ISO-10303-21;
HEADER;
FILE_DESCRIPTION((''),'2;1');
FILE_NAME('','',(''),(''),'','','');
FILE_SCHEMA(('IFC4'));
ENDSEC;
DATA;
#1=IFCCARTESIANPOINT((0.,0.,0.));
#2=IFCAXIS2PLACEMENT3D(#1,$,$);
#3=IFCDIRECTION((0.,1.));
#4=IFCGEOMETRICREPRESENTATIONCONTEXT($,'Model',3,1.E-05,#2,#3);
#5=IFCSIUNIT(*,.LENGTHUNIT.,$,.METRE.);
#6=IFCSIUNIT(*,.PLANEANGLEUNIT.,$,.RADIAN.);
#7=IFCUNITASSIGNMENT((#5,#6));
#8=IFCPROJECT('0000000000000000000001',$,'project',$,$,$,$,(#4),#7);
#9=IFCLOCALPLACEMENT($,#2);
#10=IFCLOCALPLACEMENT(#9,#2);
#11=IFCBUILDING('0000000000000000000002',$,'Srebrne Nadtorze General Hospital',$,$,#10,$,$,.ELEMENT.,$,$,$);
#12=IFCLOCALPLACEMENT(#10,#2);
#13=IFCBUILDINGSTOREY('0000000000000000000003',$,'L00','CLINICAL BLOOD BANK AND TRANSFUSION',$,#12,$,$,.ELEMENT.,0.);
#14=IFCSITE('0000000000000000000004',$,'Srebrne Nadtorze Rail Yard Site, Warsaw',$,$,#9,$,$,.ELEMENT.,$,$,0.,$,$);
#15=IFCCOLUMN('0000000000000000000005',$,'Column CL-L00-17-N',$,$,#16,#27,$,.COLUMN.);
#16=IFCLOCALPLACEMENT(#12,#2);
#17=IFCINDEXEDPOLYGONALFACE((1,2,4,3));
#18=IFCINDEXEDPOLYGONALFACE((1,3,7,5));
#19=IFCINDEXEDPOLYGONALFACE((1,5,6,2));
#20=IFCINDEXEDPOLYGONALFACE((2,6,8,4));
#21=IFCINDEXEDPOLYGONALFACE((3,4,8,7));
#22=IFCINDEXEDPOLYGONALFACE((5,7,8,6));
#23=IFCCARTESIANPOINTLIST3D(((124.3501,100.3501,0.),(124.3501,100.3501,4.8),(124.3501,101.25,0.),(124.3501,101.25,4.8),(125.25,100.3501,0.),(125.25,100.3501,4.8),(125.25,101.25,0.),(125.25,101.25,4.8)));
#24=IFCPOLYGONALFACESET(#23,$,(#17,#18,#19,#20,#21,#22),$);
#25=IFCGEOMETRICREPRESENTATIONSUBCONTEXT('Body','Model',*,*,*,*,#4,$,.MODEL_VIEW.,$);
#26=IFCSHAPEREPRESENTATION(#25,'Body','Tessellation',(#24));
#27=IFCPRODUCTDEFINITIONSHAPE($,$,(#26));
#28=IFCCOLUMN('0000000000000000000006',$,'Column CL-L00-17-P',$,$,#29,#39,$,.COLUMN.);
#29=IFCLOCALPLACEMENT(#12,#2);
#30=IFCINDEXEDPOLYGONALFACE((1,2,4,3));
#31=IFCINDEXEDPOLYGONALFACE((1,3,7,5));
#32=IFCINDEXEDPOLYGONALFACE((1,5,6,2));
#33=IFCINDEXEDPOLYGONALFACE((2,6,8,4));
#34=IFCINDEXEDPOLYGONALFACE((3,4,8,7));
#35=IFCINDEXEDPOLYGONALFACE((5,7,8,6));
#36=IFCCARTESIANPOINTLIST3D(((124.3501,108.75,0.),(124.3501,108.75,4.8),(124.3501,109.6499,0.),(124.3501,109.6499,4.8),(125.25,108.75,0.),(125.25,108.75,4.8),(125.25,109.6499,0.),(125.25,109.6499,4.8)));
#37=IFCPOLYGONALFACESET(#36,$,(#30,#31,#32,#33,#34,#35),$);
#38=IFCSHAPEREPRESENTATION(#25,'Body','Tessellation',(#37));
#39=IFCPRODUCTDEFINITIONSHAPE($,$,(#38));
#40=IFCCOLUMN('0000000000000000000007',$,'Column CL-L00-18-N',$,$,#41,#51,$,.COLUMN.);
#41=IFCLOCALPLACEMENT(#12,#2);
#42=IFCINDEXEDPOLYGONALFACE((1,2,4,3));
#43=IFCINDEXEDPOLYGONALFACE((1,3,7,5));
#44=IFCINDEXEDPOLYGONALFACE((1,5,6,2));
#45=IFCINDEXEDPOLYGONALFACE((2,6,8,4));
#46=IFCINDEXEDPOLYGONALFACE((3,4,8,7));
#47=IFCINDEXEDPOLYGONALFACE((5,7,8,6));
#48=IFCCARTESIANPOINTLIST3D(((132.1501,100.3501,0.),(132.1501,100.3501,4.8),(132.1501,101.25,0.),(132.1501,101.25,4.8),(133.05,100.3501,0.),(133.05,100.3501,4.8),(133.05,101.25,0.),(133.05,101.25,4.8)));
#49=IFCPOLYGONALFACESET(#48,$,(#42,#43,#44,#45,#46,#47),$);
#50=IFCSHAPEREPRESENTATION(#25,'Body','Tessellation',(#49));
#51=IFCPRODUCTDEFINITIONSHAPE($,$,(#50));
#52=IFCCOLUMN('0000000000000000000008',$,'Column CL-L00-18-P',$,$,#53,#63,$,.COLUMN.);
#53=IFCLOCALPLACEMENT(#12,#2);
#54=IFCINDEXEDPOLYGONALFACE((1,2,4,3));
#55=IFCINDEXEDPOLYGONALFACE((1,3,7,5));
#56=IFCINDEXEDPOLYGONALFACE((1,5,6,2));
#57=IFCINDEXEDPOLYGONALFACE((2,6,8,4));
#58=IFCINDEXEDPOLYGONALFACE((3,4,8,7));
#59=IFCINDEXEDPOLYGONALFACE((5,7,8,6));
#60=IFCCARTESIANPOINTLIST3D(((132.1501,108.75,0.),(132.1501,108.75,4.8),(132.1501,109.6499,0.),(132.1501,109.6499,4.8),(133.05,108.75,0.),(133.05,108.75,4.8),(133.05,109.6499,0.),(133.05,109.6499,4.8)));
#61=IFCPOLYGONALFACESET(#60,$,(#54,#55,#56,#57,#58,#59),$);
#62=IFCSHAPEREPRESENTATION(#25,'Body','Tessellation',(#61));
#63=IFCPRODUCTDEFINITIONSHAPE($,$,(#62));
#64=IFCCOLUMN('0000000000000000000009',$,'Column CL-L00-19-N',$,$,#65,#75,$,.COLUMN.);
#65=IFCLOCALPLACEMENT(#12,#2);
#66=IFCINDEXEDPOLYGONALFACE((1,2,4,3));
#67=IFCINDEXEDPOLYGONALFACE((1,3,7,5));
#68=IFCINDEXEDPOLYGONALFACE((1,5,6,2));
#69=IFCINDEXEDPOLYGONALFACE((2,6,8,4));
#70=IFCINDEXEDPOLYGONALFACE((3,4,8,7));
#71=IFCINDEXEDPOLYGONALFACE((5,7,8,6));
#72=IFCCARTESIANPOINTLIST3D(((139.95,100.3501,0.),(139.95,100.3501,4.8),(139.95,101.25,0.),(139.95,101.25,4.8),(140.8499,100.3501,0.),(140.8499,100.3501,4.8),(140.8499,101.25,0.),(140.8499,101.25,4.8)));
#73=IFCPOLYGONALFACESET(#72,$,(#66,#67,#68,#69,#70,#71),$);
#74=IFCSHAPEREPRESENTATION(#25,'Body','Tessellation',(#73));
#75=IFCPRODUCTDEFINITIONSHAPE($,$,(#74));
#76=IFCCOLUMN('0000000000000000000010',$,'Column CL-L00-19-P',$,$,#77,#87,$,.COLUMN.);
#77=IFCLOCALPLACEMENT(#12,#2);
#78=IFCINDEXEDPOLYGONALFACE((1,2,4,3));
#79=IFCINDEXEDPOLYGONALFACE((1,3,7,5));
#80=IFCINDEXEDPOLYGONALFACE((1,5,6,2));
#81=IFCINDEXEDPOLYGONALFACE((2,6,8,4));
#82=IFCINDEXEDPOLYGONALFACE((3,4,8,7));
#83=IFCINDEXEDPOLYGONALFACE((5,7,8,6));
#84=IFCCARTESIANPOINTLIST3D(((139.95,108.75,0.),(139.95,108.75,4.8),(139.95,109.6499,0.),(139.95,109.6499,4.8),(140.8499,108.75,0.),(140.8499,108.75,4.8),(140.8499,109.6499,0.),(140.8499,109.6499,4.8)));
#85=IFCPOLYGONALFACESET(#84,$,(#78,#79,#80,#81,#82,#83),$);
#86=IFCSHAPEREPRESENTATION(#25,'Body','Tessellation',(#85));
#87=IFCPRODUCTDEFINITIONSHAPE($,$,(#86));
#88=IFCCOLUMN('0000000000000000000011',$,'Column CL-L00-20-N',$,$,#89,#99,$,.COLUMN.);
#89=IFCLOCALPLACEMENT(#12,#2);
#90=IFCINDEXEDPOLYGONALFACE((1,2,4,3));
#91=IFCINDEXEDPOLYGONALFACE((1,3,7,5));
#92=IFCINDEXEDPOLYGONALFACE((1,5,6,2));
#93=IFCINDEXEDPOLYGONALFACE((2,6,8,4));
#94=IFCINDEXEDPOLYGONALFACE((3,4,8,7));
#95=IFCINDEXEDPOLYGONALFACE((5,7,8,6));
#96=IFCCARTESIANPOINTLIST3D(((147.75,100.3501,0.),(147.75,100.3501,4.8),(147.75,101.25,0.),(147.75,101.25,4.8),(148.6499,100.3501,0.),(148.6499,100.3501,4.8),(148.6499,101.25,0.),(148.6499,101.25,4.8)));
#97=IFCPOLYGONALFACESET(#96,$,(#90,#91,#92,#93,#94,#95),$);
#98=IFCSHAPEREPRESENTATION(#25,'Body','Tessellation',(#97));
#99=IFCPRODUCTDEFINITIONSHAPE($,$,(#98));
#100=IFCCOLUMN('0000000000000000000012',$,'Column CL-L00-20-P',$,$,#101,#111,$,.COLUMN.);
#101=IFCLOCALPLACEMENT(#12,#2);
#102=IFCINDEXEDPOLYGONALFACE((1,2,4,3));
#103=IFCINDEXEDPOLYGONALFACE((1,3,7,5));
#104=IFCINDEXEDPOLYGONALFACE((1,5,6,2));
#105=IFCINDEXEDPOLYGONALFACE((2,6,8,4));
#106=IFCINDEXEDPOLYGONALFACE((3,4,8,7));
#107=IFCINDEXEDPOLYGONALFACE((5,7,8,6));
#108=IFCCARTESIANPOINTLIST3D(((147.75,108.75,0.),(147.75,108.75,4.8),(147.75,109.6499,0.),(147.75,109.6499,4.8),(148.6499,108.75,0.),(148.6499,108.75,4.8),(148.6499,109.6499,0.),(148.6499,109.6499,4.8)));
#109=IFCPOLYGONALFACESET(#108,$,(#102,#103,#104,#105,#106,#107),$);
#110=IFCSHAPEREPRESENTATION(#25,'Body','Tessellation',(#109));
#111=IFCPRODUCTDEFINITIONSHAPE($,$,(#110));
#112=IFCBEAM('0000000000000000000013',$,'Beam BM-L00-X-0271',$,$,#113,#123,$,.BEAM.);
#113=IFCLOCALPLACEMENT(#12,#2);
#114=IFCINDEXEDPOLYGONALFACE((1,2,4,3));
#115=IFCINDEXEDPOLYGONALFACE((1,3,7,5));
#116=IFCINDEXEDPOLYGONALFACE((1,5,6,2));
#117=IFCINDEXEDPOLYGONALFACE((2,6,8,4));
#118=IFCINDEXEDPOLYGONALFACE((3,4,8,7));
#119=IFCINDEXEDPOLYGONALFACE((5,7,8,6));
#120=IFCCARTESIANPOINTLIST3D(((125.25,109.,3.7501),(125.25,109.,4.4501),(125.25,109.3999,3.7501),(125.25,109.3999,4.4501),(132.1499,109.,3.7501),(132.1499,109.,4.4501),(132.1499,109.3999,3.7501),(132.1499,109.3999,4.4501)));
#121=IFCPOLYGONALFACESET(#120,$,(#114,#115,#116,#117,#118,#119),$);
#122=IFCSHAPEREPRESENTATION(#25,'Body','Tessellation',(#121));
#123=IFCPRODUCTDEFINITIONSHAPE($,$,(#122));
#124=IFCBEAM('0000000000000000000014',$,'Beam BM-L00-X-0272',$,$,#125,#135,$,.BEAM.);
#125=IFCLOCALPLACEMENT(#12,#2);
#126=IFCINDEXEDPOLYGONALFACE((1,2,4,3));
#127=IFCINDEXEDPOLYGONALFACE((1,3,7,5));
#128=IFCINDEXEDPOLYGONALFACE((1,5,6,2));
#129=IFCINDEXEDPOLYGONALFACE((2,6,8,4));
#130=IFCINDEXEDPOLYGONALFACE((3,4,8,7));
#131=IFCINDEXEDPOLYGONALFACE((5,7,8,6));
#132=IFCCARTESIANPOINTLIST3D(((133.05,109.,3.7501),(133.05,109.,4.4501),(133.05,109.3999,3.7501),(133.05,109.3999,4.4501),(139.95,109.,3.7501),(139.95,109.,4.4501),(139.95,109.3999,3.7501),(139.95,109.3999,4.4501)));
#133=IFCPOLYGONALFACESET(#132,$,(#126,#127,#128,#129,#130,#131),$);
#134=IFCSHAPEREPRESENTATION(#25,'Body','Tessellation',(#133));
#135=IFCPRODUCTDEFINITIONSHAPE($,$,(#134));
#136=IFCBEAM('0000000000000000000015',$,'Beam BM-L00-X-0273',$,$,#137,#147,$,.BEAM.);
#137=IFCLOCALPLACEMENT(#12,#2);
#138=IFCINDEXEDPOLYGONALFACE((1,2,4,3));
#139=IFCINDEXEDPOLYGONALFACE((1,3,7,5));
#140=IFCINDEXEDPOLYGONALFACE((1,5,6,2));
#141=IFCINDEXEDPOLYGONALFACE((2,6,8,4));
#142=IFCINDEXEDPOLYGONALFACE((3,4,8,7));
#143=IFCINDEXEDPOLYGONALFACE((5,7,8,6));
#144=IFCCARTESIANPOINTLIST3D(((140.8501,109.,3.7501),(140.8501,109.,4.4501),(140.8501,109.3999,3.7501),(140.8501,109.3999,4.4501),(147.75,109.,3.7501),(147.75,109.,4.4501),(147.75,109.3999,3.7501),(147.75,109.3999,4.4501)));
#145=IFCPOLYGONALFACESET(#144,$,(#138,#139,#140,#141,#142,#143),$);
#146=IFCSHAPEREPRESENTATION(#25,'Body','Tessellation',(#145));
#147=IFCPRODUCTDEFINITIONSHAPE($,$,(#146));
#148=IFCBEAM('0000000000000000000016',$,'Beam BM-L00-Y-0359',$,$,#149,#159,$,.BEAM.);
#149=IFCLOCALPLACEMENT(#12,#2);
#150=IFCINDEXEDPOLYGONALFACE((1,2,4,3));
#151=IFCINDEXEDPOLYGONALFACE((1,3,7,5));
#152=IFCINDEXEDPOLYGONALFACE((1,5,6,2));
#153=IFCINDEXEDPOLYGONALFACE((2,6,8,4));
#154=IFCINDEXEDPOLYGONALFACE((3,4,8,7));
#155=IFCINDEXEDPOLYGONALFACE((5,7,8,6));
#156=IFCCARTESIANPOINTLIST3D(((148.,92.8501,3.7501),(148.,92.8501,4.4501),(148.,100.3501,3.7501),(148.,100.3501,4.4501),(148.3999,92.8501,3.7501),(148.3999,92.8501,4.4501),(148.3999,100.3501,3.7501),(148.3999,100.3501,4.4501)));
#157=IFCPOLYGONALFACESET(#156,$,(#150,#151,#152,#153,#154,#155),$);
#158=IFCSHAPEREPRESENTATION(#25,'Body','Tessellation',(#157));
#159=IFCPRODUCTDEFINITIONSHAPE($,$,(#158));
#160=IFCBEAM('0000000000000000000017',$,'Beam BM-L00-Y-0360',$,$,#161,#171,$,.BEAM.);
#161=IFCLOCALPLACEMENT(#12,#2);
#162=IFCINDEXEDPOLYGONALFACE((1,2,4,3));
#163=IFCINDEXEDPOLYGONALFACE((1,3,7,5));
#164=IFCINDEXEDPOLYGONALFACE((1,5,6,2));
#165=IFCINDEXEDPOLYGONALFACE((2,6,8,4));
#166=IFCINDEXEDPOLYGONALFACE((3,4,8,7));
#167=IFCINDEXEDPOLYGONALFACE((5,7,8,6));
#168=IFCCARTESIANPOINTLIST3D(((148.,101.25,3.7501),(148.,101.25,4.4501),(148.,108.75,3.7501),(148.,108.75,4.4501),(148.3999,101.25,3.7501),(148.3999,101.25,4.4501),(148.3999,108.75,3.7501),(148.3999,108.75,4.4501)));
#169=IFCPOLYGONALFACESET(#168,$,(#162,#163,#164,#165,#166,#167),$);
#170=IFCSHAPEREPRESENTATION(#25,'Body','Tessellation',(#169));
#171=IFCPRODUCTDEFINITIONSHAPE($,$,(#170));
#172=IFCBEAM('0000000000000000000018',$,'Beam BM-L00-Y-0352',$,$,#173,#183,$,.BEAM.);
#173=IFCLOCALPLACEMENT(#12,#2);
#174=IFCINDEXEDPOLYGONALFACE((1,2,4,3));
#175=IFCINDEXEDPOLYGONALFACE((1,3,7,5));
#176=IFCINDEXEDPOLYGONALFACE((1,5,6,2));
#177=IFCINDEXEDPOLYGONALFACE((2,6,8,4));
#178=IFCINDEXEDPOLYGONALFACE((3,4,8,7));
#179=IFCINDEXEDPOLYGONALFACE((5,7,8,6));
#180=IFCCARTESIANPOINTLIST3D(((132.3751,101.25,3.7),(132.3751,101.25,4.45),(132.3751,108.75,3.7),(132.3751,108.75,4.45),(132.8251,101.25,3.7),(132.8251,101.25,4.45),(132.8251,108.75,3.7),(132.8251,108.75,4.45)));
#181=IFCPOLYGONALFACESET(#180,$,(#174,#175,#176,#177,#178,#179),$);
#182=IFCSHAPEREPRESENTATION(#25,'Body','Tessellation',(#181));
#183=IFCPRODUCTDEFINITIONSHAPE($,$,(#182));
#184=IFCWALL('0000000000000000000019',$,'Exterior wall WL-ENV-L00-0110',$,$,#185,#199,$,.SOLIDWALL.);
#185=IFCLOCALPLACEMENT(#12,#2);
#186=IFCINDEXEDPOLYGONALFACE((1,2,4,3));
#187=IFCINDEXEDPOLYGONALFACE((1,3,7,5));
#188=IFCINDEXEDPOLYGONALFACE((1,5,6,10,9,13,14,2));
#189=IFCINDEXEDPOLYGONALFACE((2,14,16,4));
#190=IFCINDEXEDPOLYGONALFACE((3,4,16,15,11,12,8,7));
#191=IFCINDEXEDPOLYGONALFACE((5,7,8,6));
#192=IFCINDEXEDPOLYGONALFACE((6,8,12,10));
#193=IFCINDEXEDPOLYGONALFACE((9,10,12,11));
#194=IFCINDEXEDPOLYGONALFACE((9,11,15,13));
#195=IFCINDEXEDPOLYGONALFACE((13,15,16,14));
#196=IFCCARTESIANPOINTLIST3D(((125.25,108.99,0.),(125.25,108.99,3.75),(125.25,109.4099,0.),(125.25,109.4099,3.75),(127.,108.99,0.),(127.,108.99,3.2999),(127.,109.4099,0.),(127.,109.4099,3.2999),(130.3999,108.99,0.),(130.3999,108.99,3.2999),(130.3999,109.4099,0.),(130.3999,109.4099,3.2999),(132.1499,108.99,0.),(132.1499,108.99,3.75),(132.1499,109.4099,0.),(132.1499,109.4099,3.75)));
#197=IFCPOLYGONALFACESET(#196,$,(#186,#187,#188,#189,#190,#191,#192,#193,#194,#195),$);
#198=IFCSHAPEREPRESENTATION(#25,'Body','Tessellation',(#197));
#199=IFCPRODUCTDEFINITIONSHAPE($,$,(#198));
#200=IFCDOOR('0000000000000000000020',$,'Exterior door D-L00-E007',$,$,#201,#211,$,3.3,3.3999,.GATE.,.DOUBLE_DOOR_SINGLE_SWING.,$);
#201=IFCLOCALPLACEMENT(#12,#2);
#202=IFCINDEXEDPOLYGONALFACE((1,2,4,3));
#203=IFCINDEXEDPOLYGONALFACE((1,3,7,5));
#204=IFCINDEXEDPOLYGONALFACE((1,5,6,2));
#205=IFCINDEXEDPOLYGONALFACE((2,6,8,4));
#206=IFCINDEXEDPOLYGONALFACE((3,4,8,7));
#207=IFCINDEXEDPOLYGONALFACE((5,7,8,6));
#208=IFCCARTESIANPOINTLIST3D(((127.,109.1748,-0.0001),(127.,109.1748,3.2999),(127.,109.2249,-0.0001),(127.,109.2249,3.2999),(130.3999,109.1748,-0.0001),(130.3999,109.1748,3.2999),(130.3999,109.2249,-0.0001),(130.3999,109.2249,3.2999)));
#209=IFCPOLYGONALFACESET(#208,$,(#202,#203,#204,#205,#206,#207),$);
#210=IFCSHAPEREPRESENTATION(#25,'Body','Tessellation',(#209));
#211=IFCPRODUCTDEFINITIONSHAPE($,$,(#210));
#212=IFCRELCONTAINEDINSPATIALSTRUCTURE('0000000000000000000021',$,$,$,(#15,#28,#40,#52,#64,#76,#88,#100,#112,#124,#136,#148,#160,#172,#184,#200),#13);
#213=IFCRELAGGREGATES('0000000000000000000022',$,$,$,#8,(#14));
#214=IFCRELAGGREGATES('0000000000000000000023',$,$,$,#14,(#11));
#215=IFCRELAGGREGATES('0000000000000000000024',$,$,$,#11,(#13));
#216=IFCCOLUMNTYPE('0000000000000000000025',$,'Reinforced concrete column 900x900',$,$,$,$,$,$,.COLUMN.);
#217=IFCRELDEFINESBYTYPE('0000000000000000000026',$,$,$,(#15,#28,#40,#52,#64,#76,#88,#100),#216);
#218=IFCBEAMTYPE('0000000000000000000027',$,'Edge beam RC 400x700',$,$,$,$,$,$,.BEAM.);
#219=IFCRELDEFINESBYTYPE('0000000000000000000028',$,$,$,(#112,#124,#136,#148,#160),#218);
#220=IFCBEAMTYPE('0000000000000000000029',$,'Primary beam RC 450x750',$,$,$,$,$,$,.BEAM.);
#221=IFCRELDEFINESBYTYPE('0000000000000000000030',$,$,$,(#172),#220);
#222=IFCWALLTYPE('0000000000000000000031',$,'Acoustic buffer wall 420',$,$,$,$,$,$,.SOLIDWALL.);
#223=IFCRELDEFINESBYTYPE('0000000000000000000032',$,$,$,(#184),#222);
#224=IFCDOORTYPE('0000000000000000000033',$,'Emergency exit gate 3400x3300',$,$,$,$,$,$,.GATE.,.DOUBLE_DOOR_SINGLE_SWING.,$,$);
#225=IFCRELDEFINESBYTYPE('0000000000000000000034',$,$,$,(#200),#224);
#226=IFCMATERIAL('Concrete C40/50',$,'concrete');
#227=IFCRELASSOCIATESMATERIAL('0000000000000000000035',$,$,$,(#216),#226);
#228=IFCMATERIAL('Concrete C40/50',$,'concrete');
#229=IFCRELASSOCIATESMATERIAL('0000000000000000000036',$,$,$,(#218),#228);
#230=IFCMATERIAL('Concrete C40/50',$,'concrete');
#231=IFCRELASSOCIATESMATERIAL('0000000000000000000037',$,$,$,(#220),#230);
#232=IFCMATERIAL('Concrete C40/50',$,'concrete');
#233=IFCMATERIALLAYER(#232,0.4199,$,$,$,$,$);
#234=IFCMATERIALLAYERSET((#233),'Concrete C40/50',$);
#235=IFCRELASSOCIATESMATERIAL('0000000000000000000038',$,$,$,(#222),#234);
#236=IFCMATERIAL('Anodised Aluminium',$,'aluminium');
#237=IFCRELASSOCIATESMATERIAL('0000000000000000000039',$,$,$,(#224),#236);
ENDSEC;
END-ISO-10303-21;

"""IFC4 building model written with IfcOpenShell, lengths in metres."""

from ifc_helpers import new_model, si_unit, direction, frame, frame_2d, origin, origin_2d, place, context, subcontext, project, spatial, rectangle, extrude, material, layer, layer_set, material_profile, profile_set, type_object, element, fill, save


model = new_model("IFC4")

# Units and contexts
model_context = context("Model", 3, precision=1e-05, world=origin(), true_north=direction((0.0, 1.0)))
body_context = subcontext(model_context, "Body", "Model", "MODEL_VIEW")
ifc_project = project(units=[si_unit("LENGTHUNIT", "METRE"), si_unit("PLANEANGLEUNIT", "RADIAN")], contexts=[model_context])

# Site, building, storey
site_placement = place(None, origin())
site = spatial("IfcSite", under=ifc_project, at=site_placement, Name="Srebrne Nadtorze Rail Yard Site, Warsaw", CompositionType="ELEMENT", RefElevation=0.0)
building_placement = place(site_placement, origin())
building = spatial("IfcBuilding", under=site, at=building_placement, Name="Srebrne Nadtorze General Hospital", CompositionType="ELEMENT")
storey_placement = place(building_placement, origin())
storey = spatial("IfcBuildingStorey", under=building, at=storey_placement, Name="L00", Description="CLINICAL BLOOD BANK AND TRANSFUSION", CompositionType="ELEMENT", Elevation=0.0)

# Columns
ifc_material_1 = material(Name="Concrete C40/50", Category="concrete")
ifc_material_profile_1 = material_profile(ifc_material_1, rectangle(XDim=0.8999, YDim=0.8999, at=origin_2d()), Name="RC-COL-900x900")
ifc_profile_set_1 = profile_set([ifc_material_profile_1], Name="Concrete C40/50")
column_type = type_object("IfcColumnType", Name="Reinforced concrete column 900x900", PredefinedType="COLUMN", material=ifc_profile_set_1)
for number, where, z_axis, x_axis, name in (
    (1, (124.8, 100.8, 0.0), (0.0, 0.0, 1.0), (1.0, 0.0, 0.0), "Column CL-L00-17-N"),
    (2, (124.8, 109.2, 0.0), (0.0, 0.0, 1.0), (1.0, 0.0, 0.0), "Column CL-L00-17-P"),
    (3, (132.6001, 100.8, 0.0), (0.0, 0.0, 1.0), (1.0, 0.0, 0.0), "Column CL-L00-18-N"),
    (4, (132.6001, 109.2, 0.0), (0.0, 0.0, 1.0), (1.0, 0.0, 0.0), "Column CL-L00-18-P"),
    (5, (140.3999, 100.8, 0.0), (0.0, 0.0, 1.0), (1.0, 0.0, 0.0), "Column CL-L00-19-N"),
    (6, (140.3999, 109.2, 0.0), (0.0, 0.0, 1.0), (1.0, 0.0, 0.0), "Column CL-L00-19-P"),
    (7, (148.2, 100.8, 0.0), (0.0, 0.0, 1.0), (1.0, 0.0, 0.0), "Column CL-L00-20-N"),
    (8, (148.2, 109.2, 0.0), (0.0, 0.0, 1.0), (1.0, 0.0, 0.0), "Column CL-L00-20-P"),
):
    element("IfcColumn", number, at=place(storey_placement, frame(where, z_axis=z_axis, x_axis=x_axis)), inside=storey, type_object=column_type, Name=name, PredefinedType="COLUMN", context=body_context, shape_type="SweptSolid", body=[
        extrude(rectangle(XDim=0.8999, YDim=0.8999, at=origin_2d()), origin(), (0.0, 0.0, 1.0), 4.8),
    ])

# Beams
ifc_material_2 = material(Name="Concrete C40/50", Category="concrete")
ifc_material_profile_2 = material_profile(ifc_material_2, rectangle(XDim=0.3999, YDim=0.7, at=origin_2d()), Name="RC-BM-400x700")
ifc_profile_set_2 = profile_set([ifc_material_profile_2], Name="Concrete C40/50")
beam_type_1 = type_object("IfcBeamType", Name="Edge beam RC 400x700", PredefinedType="BEAM", material=ifc_profile_set_2)
for number, where, z_axis, x_axis, name in (
    (9, (125.25, 109.2, 4.1001), (1.0, 0.0, 0.0), (0.0, 1.0, 0.0), "Beam BM-L00-X-0271"),
    (10, (133.05, 109.2, 4.1001), (1.0, 0.0, 0.0), (0.0, 1.0, 0.0), "Beam BM-L00-X-0272"),
    (11, (140.8501, 109.2, 4.1001), (1.0, 0.0, 0.0), (0.0, 1.0, 0.0), "Beam BM-L00-X-0273"),
):
    element("IfcBeam", number, at=place(storey_placement, frame(where, z_axis=z_axis, x_axis=x_axis)), inside=storey, type_object=beam_type_1, Name=name, PredefinedType="BEAM", context=body_context, shape_type="SweptSolid", body=[
        extrude(rectangle(XDim=0.3999, YDim=0.7, at=origin_2d()), origin(), (0.0, 0.0, 1.0), 6.8999),
    ])
for number, where, z_axis, x_axis, name in (
    (12, (148.2, 92.8501, 4.1001), (0.0, 1.0, 0.0), (-1.0, 0.0, 0.0), "Beam BM-L00-Y-0359"),
    (13, (148.2, 101.25, 4.1001), (0.0, 1.0, 0.0), (-1.0, 0.0, 0.0), "Beam BM-L00-Y-0360"),
):
    element("IfcBeam", number, at=place(storey_placement, frame(where, z_axis=z_axis, x_axis=x_axis)), inside=storey, type_object=beam_type_1, Name=name, PredefinedType="BEAM", context=body_context, shape_type="SweptSolid", body=[
        extrude(rectangle(XDim=0.3999, YDim=0.7, at=origin_2d()), origin(), (0.0, 0.0, 1.0), 7.5),
    ])
ifc_material_3 = material(Name="Concrete C40/50", Category="concrete")
ifc_material_profile_3 = material_profile(ifc_material_3, rectangle(XDim=0.45, YDim=0.75, at=origin_2d()), Name="RC-BM-450x750")
ifc_profile_set_3 = profile_set([ifc_material_profile_3], Name="Concrete C40/50")
beam_type_2 = type_object("IfcBeamType", Name="Primary beam RC 450x750", PredefinedType="BEAM", material=ifc_profile_set_3)
beam_placement = place(storey_placement, frame((132.6001, 101.25, 4.075), z_axis=(0.0, 1.0, 0.0), x_axis=(-1.0, 0.0, 0.0)))
element("IfcBeam", 14, at=beam_placement, inside=storey, type_object=beam_type_2, Name="Beam BM-L00-Y-0352", PredefinedType="BEAM", context=body_context, shape_type="SweptSolid", body=[
    extrude(rectangle(XDim=0.45, YDim=0.75, at=origin_2d()), origin(), (0.0, 0.0, 1.0), 7.5),
])

# Wall, opening, door
ifc_material_4 = material(Name="Concrete C40/50", Category="concrete")
ifc_layer_1 = layer(ifc_material_4, 0.4199)
ifc_layer_set_1 = layer_set([ifc_layer_1], Name="Concrete C40/50")
wall_type_1 = type_object("IfcWallType", Name="Acoustic buffer wall 420", PredefinedType="SOLIDWALL", material=ifc_layer_set_1)
wall_1_placement = place(storey_placement, frame((125.25, 109.2, 0.0), z_axis=(0.0, 0.0, 1.0), x_axis=(1.0, 0.0, 0.0)))
wall_1 = element("IfcWall", 15, at=wall_1_placement, inside=storey, type_object=wall_type_1, Name="Exterior wall WL-ENV-L00-0110", PredefinedType="SOLIDWALL", context=body_context, shape_type="SweptSolid", body=[
    extrude(rectangle(XDim=6.8999, YDim=0.4199, at=frame_2d((3.45, 0.0))), origin(), (0.0, 0.0, 1.0), 3.75),
])
opening_1_placement = place(wall_1_placement, frame((1.75, 0.0, 0.0)))
opening_1 = element("IfcOpeningElement", 16, at=opening_1_placement, cuts=wall_1, PredefinedType="OPENING", context=body_context, shape_type="SweptSolid", body=[
    extrude(rectangle(XDim=3.3999, YDim=3.3, at=frame_2d((1.7, 1.6499))), frame((0.0, 0.2219, 0.0), z_axis=(0.0, -1.0, 0.0), x_axis=(1.0, 0.0, 0.0)), (0.0, 0.0, 1.0), 0.4438),
])
ifc_material_5 = material(Name="Anodised Aluminium", Category="aluminium")
door_type_1 = type_object("IfcDoorType", Name="Emergency exit gate 3400x3300", OperationType="DOUBLE_DOOR_SINGLE_SWING", PredefinedType="GATE", material=ifc_material_5)
door_1_placement = place(opening_1_placement, origin())
door_1 = element("IfcDoor", 17, at=door_1_placement, inside=storey, type_object=door_type_1, Name="Exterior door D-L00-E007", OperationType="DOUBLE_DOOR_SINGLE_SWING", OverallHeight=3.3, OverallWidth=3.3999, PredefinedType="GATE", context=body_context, shape_type="SweptSolid", body=[
    extrude(rectangle(XDim=3.3999, YDim=3.3, at=frame_2d((1.7, 1.6499))), frame((0.0, 0.0249, 0.0), z_axis=(0.0, -1.0, 0.0), x_axis=(1.0, 0.0, 0.0)), (0.0, 0.0, 1.0), 0.05),
])
fill(opening_1, door_1)

save(model, "model.ifc")
